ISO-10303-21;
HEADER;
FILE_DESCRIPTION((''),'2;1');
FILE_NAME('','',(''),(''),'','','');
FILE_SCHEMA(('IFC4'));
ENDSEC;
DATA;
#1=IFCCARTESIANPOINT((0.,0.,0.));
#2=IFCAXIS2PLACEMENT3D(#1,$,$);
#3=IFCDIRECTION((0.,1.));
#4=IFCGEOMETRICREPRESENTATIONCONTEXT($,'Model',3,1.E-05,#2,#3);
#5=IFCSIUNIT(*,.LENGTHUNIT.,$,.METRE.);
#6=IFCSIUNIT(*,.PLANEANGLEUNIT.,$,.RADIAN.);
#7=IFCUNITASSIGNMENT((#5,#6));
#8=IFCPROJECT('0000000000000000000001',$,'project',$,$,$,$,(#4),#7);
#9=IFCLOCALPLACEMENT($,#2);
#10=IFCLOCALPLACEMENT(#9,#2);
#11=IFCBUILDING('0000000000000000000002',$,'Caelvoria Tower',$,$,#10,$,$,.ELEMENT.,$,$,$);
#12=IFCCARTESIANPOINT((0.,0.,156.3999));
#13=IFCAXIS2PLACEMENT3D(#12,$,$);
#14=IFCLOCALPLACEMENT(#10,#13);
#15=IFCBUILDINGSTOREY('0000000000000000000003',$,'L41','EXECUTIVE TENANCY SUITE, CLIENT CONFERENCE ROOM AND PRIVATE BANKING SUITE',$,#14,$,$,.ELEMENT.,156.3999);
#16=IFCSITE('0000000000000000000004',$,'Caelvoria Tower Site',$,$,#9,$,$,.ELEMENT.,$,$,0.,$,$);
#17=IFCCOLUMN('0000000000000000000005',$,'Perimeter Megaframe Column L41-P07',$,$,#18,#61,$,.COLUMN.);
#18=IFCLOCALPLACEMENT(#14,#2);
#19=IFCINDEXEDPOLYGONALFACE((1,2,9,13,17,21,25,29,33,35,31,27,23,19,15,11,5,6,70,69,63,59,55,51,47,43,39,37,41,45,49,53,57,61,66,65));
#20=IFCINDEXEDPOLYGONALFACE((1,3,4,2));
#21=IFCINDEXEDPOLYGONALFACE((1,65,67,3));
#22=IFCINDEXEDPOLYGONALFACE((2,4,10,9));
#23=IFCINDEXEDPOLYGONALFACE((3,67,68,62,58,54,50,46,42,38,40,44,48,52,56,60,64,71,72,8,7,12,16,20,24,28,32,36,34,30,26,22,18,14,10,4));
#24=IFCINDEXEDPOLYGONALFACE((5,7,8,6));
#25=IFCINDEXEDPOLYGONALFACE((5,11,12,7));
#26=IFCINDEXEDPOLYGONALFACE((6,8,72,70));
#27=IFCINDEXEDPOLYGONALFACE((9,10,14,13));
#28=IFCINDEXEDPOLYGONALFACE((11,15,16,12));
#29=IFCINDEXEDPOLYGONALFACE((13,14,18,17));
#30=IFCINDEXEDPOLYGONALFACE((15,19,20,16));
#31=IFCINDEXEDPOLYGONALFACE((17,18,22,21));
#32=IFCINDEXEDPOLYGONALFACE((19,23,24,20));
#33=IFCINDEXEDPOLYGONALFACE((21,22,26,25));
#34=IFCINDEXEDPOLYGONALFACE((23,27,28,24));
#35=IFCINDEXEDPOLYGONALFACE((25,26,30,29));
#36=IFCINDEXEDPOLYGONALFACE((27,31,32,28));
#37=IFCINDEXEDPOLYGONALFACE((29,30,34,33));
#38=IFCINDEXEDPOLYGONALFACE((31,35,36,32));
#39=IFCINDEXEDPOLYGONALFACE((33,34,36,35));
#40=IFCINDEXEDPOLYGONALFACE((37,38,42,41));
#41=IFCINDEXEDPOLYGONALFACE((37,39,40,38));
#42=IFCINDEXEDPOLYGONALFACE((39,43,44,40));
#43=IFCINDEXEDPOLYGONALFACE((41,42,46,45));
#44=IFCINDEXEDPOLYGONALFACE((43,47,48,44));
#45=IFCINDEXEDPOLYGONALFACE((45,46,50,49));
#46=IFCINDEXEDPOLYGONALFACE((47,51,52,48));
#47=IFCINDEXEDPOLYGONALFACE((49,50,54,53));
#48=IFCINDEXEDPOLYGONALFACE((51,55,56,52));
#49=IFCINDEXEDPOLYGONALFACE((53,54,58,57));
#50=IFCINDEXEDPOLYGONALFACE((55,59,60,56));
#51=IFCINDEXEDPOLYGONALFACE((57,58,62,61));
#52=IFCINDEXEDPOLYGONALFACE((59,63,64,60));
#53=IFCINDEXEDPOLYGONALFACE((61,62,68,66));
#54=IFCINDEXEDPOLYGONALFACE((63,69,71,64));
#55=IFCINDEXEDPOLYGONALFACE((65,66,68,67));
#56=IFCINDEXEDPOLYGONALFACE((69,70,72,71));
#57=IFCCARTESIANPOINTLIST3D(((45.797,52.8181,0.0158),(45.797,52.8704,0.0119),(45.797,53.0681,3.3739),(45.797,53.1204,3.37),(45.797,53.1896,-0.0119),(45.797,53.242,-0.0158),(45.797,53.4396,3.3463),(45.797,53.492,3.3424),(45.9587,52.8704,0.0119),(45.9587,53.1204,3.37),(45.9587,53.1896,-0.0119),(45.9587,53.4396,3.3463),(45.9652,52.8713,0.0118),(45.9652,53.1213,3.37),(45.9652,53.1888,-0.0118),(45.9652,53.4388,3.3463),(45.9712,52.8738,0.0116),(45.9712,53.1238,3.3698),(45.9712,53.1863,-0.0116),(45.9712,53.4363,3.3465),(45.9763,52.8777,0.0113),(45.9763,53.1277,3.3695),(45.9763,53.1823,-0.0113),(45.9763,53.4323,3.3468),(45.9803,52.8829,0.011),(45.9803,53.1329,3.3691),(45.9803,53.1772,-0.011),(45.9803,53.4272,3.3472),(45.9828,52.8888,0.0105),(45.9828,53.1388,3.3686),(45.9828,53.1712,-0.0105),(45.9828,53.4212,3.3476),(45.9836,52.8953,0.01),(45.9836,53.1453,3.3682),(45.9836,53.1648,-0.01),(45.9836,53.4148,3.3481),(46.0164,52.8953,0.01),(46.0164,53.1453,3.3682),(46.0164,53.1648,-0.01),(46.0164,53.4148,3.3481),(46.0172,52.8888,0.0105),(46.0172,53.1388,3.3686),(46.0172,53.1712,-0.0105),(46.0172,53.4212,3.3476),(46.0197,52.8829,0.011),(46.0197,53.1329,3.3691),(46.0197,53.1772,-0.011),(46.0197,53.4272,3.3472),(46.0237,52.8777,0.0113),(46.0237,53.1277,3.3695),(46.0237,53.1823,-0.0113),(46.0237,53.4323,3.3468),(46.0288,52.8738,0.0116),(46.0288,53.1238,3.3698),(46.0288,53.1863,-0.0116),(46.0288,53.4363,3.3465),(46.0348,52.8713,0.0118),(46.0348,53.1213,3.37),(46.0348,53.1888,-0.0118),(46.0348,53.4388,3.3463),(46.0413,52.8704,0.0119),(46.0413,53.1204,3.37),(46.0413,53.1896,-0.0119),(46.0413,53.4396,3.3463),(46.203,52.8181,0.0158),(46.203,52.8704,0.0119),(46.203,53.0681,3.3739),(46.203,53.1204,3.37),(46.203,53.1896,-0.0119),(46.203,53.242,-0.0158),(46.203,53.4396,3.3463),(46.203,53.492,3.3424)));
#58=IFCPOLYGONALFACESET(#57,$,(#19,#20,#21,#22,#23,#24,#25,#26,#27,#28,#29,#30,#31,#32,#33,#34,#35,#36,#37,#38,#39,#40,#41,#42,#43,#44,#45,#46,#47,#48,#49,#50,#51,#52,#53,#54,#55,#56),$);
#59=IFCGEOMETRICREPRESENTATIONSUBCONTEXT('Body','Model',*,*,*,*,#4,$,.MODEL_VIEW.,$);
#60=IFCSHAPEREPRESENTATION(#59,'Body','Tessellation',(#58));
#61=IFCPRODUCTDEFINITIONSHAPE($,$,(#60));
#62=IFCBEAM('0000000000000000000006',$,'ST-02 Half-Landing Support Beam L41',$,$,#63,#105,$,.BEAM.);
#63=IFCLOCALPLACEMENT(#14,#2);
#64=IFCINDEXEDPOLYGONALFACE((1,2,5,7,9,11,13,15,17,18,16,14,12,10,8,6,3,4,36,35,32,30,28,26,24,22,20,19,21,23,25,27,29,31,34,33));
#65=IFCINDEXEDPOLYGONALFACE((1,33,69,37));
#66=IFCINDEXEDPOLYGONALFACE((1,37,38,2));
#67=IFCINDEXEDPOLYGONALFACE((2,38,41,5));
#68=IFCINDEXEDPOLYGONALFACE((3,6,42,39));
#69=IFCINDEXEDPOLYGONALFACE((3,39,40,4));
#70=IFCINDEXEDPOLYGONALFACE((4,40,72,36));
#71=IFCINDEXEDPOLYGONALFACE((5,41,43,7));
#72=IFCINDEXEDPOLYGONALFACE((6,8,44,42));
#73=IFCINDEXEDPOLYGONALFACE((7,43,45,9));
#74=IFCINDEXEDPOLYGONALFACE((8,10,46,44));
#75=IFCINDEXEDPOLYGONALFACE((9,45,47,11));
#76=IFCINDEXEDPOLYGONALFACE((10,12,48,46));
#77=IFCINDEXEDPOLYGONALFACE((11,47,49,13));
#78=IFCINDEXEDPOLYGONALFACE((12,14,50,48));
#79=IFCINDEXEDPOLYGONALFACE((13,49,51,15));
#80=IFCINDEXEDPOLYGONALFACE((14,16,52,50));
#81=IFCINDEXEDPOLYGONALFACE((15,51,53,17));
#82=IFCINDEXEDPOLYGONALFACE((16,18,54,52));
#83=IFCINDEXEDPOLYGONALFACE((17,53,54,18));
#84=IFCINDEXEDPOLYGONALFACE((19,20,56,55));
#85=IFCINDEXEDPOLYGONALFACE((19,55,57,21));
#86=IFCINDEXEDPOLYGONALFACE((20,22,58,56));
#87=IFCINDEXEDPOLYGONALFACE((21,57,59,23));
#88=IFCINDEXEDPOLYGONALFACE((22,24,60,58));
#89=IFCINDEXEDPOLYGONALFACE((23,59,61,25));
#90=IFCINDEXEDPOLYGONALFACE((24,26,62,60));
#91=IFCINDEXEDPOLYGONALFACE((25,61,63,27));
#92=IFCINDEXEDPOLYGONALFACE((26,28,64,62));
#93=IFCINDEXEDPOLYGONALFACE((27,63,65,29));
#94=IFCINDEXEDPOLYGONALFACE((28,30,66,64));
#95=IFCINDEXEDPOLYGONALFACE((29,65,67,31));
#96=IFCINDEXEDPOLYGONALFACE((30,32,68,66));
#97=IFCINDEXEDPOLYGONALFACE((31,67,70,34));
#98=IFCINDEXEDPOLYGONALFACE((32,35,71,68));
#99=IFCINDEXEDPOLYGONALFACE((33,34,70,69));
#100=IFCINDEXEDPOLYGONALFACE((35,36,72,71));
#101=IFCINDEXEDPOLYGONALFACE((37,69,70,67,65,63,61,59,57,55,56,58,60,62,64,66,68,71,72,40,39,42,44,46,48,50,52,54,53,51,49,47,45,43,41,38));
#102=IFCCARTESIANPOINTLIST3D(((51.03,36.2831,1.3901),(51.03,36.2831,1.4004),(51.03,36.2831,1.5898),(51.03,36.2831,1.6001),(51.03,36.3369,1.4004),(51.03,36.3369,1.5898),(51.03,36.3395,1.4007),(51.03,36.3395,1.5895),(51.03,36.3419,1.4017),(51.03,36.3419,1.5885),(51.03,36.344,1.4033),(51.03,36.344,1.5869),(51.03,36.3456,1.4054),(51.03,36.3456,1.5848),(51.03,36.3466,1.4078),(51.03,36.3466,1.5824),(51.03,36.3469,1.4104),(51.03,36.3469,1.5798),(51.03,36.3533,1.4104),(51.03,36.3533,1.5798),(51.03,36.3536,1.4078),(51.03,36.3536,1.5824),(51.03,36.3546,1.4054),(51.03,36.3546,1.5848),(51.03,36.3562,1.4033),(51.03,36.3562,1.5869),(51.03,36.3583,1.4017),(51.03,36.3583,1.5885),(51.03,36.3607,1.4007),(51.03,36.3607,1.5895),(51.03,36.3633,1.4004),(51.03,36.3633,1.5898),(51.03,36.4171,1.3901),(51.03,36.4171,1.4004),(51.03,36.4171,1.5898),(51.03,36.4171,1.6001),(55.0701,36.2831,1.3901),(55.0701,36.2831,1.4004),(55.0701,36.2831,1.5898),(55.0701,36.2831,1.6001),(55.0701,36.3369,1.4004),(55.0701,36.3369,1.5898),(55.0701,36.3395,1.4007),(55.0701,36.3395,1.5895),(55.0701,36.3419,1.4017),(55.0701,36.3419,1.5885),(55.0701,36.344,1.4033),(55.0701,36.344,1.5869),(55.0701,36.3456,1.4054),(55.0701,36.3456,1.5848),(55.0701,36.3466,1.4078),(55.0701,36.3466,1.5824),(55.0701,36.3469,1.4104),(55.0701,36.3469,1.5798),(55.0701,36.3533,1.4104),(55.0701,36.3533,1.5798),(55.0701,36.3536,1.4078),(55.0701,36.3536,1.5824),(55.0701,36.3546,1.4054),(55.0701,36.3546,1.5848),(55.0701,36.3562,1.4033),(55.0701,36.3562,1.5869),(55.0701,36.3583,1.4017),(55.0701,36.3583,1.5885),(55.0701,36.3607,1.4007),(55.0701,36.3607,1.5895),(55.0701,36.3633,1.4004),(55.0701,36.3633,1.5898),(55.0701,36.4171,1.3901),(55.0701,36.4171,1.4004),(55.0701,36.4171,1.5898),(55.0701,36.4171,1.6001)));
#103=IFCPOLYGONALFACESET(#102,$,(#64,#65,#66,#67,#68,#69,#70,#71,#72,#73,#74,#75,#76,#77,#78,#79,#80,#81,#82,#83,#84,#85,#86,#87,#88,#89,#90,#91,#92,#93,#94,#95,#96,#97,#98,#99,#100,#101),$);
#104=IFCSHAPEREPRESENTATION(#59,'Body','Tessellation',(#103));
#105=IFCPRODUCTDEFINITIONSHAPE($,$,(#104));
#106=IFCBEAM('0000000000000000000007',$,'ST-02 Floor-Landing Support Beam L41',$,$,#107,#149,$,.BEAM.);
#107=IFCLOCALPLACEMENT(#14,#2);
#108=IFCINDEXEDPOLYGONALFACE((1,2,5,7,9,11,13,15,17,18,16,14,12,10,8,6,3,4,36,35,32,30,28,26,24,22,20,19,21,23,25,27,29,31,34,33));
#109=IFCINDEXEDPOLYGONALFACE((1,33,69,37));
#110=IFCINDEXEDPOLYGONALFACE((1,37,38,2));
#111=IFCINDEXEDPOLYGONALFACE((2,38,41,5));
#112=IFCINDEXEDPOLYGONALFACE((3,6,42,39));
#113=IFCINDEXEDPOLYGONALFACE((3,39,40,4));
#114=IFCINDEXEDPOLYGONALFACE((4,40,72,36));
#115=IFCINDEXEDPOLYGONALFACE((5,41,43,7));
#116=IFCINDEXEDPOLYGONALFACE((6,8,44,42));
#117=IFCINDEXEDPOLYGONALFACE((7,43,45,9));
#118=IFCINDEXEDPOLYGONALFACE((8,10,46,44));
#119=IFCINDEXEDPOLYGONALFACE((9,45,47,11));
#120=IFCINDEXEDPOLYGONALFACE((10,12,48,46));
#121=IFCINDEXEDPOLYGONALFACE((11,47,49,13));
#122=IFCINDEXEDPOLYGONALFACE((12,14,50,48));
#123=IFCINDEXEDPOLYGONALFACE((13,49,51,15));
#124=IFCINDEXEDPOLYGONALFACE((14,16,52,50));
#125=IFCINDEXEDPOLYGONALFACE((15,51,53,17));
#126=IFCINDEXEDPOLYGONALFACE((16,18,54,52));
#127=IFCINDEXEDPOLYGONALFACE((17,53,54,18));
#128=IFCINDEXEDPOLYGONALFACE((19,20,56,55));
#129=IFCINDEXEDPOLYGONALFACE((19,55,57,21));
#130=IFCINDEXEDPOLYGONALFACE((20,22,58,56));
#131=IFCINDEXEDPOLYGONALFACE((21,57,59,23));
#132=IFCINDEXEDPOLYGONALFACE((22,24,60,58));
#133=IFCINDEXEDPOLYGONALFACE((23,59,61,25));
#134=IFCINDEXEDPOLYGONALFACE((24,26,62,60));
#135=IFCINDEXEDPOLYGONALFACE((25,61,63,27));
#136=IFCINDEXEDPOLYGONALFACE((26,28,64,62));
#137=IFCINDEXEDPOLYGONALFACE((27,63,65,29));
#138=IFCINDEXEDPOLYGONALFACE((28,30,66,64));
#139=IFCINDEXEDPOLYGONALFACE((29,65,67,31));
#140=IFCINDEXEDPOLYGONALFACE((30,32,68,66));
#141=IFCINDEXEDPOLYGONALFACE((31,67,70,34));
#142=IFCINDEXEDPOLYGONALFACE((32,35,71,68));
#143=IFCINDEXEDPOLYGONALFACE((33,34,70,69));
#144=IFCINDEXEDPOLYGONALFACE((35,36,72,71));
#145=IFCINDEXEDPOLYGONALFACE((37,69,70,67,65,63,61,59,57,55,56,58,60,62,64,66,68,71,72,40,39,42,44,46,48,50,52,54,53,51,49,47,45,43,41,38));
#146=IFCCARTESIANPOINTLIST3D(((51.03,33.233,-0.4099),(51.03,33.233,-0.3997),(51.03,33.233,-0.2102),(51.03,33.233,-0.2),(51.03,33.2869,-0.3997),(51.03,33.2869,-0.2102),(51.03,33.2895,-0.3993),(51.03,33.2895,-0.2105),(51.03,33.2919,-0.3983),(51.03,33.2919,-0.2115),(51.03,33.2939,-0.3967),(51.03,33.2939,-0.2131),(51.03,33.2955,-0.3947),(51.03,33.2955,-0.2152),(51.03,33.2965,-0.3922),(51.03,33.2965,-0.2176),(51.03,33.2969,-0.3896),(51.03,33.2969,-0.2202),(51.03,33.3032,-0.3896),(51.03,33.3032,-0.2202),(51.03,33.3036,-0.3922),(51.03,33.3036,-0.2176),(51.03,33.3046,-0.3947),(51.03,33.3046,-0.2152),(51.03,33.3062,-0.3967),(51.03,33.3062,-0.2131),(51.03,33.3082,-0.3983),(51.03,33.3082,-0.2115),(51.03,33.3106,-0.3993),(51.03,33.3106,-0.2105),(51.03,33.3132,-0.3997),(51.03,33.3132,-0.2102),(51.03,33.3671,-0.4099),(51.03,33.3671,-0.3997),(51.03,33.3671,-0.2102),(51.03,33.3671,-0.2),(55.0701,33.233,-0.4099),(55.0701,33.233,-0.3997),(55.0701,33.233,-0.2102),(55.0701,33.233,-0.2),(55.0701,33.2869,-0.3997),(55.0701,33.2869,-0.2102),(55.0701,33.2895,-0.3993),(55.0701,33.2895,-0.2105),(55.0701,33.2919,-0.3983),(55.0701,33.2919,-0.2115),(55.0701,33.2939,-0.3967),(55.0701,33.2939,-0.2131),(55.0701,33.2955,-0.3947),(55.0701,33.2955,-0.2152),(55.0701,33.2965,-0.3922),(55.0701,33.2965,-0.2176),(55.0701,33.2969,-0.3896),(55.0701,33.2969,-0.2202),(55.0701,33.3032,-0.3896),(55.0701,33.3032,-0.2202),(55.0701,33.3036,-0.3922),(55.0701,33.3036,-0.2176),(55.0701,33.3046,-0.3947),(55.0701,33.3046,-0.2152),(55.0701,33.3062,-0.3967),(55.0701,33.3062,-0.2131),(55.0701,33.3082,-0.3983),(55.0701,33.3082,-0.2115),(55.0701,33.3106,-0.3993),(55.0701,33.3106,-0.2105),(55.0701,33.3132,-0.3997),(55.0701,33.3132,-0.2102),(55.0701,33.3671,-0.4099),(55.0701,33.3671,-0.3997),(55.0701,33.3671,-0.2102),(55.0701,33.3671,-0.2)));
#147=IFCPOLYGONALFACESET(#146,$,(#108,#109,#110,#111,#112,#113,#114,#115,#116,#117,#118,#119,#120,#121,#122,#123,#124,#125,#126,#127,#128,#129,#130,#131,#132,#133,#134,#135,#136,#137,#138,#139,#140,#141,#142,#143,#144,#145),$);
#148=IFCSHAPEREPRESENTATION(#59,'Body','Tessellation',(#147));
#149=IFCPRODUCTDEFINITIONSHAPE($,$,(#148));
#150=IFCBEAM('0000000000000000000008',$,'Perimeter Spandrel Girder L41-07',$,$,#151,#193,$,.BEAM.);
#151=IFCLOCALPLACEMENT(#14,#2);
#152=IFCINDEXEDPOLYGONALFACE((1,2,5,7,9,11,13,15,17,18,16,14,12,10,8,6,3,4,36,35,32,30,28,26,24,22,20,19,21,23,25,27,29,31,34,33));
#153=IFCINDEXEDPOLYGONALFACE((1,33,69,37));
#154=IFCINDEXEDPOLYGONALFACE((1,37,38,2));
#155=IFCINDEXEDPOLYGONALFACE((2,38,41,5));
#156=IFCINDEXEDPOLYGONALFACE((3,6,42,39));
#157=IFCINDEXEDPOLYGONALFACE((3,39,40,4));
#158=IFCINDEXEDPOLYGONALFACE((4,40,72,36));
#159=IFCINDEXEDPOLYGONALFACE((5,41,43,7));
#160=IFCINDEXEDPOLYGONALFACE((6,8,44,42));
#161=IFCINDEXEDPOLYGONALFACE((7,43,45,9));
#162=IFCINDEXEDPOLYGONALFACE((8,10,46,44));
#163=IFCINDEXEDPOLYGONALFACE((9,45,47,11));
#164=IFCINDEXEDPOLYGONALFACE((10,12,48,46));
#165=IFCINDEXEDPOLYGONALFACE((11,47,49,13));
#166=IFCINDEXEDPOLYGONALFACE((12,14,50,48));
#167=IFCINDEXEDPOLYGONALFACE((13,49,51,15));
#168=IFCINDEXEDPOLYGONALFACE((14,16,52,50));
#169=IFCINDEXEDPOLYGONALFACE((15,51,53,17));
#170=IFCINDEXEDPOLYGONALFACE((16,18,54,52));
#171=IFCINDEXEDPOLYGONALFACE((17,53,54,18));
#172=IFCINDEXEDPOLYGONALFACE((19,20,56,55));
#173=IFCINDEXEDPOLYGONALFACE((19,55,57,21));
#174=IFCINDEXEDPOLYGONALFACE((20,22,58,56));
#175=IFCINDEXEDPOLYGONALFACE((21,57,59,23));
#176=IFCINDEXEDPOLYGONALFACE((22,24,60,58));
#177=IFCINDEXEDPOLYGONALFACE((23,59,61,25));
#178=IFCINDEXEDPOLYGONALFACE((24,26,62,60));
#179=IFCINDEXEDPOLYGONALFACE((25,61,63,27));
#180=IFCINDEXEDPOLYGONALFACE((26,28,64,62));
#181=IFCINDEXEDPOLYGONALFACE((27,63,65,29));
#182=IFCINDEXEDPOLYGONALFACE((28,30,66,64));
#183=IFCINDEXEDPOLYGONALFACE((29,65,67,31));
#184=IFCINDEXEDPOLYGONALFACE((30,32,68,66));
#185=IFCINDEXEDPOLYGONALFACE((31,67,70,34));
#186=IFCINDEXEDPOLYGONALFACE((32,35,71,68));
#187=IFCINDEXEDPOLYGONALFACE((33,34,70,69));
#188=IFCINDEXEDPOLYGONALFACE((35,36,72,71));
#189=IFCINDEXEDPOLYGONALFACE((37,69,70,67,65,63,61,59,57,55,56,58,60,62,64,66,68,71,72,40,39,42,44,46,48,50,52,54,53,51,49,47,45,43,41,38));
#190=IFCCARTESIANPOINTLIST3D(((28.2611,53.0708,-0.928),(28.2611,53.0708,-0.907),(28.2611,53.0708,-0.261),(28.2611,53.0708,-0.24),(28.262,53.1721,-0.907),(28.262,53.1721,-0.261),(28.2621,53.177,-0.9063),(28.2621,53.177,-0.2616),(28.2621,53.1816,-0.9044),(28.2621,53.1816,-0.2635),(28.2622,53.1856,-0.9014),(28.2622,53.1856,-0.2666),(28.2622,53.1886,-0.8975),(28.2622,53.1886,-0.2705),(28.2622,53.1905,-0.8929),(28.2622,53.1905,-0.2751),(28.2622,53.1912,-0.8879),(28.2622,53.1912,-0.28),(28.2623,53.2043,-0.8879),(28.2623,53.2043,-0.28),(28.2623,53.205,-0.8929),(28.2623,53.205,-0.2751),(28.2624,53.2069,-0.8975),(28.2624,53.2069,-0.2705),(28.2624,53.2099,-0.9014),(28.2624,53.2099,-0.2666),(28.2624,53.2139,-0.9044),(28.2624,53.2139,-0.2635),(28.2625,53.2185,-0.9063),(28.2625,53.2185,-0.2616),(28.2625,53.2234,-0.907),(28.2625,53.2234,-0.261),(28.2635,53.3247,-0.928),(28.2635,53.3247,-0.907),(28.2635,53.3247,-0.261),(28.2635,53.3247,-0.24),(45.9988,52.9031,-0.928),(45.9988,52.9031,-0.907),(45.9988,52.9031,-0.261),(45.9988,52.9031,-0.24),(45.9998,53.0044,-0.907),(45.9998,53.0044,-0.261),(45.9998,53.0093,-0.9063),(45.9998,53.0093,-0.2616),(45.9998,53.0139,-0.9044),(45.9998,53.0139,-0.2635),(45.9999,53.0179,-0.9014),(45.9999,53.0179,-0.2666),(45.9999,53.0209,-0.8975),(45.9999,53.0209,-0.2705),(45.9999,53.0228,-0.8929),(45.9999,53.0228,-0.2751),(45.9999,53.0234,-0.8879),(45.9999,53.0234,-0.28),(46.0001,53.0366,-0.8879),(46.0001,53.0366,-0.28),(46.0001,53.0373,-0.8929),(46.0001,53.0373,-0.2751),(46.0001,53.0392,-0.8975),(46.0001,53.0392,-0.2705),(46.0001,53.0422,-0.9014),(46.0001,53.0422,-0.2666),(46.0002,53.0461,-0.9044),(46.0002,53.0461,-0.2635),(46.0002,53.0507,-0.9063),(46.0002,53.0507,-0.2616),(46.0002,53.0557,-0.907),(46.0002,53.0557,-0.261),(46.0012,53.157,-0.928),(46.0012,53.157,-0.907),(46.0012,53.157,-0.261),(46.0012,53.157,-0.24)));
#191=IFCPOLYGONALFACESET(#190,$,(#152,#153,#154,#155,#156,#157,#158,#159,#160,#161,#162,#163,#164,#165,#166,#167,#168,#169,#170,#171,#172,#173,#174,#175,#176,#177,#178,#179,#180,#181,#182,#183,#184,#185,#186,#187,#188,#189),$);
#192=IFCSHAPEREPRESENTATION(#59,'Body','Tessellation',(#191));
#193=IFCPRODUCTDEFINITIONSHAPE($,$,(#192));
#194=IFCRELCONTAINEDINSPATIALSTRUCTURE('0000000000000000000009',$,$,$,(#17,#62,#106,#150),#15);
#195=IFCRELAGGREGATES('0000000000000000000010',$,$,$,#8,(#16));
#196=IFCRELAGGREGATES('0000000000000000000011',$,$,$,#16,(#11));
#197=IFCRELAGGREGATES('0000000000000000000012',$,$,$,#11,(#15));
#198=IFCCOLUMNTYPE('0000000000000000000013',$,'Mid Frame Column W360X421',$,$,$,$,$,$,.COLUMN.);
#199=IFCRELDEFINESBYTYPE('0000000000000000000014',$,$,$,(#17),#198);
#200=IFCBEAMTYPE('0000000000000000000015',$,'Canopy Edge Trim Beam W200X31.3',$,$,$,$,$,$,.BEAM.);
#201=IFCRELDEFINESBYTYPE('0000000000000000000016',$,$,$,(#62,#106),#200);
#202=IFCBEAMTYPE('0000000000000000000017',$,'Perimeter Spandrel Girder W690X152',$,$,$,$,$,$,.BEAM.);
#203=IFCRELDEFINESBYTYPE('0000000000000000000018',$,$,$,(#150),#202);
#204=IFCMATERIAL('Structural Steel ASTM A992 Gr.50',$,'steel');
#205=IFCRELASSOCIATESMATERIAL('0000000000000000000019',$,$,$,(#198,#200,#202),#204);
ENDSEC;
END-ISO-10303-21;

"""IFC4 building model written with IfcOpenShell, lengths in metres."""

from ifc_helpers import new_model, si_unit, direction, frame, origin, origin_2d, place, context, subcontext, project, spatial, i_section, extrude, material, material_profile, profile_set, type_object, element, save


model = new_model("IFC4")

# Units and contexts
model_context = context("Model", 3, precision=1e-05, world=origin(), true_north=direction((0.0, 1.0)))
body_context = subcontext(model_context, "Body", "Model", "MODEL_VIEW")
ifc_project = project(units=[si_unit("LENGTHUNIT", "METRE"), si_unit("PLANEANGLEUNIT", "RADIAN")], contexts=[model_context])

# Site, building, storey
site_placement = place(None, origin())
site = spatial("IfcSite", under=ifc_project, at=site_placement, Name="Caelvoria Tower Site", CompositionType="ELEMENT", RefElevation=0.0)
building_placement = place(site_placement, origin())
building = spatial("IfcBuilding", under=site, at=building_placement, Name="Caelvoria Tower", CompositionType="ELEMENT")
storey_placement = place(building_placement, frame((0.0, 0.0, 156.3999)))
storey = spatial("IfcBuildingStorey", under=building, at=storey_placement, Name="L41", Description="EXECUTIVE TENANCY SUITE, CLIENT CONFERENCE ROOM AND PRIVATE BANKING SUITE", CompositionType="ELEMENT", Elevation=156.3999)

# Column
ifc_material_1 = material(Name="Structural Steel ASTM A992 Gr.50", Category="steel")
ifc_material_profile_1 = material_profile(ifc_material_1, i_section(OverallWidth=0.406, OverallDepth=0.425, WebThickness=0.0327, FlangeThickness=0.0525, FilletRadius=0.0249, at=origin_2d()), Name="Structural Steel ASTM A992 Gr.50")
ifc_profile_set_1 = profile_set([ifc_material_profile_1], Name="W360X421 - Structural Steel ASTM A992 Gr.50")
column_type = type_object("IfcColumnType", Name="Mid Frame Column W360X421", PredefinedType="COLUMN", material=ifc_profile_set_1)
column_placement = place(storey_placement, frame((46.0, 53.03, 0.0), z_axis=(0.0, 0.07424, 0.99724), x_axis=(-1.0, 0.0, 0.0)))
element("IfcColumn", 1, at=column_placement, inside=storey, type_object=column_type, Name="Perimeter Megaframe Column L41-P07", PredefinedType="COLUMN", context=body_context, shape_type="SweptSolid", body=[
    extrude(i_section(OverallWidth=0.406, OverallDepth=0.425, WebThickness=0.0327, FlangeThickness=0.0525, FilletRadius=0.0249, at=origin_2d()), origin(), (0.0, 0.0, 1.0), 3.3674),
])

# Beams
ifc_material_profile_2 = material_profile(ifc_material_1, i_section(OverallWidth=0.134, OverallDepth=0.21, WebThickness=0.0063, FlangeThickness=0.0103, FilletRadius=0.01, at=origin_2d()), Name="Structural Steel ASTM A992 Gr.50")
ifc_profile_set_2 = profile_set([ifc_material_profile_2], Name="W200X31.3 - Structural Steel ASTM A992 Gr.50")
beam_type_1 = type_object("IfcBeamType", Name="Canopy Edge Trim Beam W200X31.3", PredefinedType="BEAM", material=ifc_profile_set_2)
for number, where, z_axis, x_axis, name in (
    (2, (51.03, 36.3501, 1.4951), (1.0, 0.0, 0.0), (0.0, 1.0, 0.0), "ST-02 Half-Landing Support Beam L41"),
    (3, (51.03, 33.3, -0.3049), (1.0, 0.0, 0.0), (0.0, 1.0, 0.0), "ST-02 Floor-Landing Support Beam L41"),
):
    element("IfcBeam", number, at=place(storey_placement, frame(where, z_axis=z_axis, x_axis=x_axis)), inside=storey, type_object=beam_type_1, Name=name, PredefinedType="BEAM", context=body_context, shape_type="SweptSolid", body=[
        extrude(i_section(OverallWidth=0.134, OverallDepth=0.21, WebThickness=0.0063, FlangeThickness=0.0103, FilletRadius=0.01, at=origin_2d()), origin(), (0.0, 0.0, 1.0), 4.04),
    ])
ifc_material_profile_3 = material_profile(ifc_material_1, i_section(OverallWidth=0.2539, OverallDepth=0.688, WebThickness=0.0132, FlangeThickness=0.021, FilletRadius=0.019, at=origin_2d()), Name="Structural Steel ASTM A992 Gr.50")
ifc_profile_set_3 = profile_set([ifc_material_profile_3], Name="W690X152 - Structural Steel ASTM A992 Gr.50")
beam_type_2 = type_object("IfcBeamType", Name="Perimeter Spandrel Girder W690X152", PredefinedType="BEAM", material=ifc_profile_set_3)
beam_1_placement = place(storey_placement, frame((46.0, 53.03, -0.584), z_axis=(-0.999955, 0.009455, 0.0), x_axis=(-0.009455, -0.999955, 0.0)))
element("IfcBeam", 4, at=beam_1_placement, inside=storey, type_object=beam_type_2, Name="Perimeter Spandrel Girder L41-07", PredefinedType="BEAM", context=body_context, shape_type="SweptSolid", body=[
    extrude(i_section(OverallWidth=0.2539, OverallDepth=0.688, WebThickness=0.0132, FlangeThickness=0.021, FilletRadius=0.019, at=origin_2d()), origin(), (0.0, 0.0, 1.0), 17.7385),
])

save(model, "model.ifc")
